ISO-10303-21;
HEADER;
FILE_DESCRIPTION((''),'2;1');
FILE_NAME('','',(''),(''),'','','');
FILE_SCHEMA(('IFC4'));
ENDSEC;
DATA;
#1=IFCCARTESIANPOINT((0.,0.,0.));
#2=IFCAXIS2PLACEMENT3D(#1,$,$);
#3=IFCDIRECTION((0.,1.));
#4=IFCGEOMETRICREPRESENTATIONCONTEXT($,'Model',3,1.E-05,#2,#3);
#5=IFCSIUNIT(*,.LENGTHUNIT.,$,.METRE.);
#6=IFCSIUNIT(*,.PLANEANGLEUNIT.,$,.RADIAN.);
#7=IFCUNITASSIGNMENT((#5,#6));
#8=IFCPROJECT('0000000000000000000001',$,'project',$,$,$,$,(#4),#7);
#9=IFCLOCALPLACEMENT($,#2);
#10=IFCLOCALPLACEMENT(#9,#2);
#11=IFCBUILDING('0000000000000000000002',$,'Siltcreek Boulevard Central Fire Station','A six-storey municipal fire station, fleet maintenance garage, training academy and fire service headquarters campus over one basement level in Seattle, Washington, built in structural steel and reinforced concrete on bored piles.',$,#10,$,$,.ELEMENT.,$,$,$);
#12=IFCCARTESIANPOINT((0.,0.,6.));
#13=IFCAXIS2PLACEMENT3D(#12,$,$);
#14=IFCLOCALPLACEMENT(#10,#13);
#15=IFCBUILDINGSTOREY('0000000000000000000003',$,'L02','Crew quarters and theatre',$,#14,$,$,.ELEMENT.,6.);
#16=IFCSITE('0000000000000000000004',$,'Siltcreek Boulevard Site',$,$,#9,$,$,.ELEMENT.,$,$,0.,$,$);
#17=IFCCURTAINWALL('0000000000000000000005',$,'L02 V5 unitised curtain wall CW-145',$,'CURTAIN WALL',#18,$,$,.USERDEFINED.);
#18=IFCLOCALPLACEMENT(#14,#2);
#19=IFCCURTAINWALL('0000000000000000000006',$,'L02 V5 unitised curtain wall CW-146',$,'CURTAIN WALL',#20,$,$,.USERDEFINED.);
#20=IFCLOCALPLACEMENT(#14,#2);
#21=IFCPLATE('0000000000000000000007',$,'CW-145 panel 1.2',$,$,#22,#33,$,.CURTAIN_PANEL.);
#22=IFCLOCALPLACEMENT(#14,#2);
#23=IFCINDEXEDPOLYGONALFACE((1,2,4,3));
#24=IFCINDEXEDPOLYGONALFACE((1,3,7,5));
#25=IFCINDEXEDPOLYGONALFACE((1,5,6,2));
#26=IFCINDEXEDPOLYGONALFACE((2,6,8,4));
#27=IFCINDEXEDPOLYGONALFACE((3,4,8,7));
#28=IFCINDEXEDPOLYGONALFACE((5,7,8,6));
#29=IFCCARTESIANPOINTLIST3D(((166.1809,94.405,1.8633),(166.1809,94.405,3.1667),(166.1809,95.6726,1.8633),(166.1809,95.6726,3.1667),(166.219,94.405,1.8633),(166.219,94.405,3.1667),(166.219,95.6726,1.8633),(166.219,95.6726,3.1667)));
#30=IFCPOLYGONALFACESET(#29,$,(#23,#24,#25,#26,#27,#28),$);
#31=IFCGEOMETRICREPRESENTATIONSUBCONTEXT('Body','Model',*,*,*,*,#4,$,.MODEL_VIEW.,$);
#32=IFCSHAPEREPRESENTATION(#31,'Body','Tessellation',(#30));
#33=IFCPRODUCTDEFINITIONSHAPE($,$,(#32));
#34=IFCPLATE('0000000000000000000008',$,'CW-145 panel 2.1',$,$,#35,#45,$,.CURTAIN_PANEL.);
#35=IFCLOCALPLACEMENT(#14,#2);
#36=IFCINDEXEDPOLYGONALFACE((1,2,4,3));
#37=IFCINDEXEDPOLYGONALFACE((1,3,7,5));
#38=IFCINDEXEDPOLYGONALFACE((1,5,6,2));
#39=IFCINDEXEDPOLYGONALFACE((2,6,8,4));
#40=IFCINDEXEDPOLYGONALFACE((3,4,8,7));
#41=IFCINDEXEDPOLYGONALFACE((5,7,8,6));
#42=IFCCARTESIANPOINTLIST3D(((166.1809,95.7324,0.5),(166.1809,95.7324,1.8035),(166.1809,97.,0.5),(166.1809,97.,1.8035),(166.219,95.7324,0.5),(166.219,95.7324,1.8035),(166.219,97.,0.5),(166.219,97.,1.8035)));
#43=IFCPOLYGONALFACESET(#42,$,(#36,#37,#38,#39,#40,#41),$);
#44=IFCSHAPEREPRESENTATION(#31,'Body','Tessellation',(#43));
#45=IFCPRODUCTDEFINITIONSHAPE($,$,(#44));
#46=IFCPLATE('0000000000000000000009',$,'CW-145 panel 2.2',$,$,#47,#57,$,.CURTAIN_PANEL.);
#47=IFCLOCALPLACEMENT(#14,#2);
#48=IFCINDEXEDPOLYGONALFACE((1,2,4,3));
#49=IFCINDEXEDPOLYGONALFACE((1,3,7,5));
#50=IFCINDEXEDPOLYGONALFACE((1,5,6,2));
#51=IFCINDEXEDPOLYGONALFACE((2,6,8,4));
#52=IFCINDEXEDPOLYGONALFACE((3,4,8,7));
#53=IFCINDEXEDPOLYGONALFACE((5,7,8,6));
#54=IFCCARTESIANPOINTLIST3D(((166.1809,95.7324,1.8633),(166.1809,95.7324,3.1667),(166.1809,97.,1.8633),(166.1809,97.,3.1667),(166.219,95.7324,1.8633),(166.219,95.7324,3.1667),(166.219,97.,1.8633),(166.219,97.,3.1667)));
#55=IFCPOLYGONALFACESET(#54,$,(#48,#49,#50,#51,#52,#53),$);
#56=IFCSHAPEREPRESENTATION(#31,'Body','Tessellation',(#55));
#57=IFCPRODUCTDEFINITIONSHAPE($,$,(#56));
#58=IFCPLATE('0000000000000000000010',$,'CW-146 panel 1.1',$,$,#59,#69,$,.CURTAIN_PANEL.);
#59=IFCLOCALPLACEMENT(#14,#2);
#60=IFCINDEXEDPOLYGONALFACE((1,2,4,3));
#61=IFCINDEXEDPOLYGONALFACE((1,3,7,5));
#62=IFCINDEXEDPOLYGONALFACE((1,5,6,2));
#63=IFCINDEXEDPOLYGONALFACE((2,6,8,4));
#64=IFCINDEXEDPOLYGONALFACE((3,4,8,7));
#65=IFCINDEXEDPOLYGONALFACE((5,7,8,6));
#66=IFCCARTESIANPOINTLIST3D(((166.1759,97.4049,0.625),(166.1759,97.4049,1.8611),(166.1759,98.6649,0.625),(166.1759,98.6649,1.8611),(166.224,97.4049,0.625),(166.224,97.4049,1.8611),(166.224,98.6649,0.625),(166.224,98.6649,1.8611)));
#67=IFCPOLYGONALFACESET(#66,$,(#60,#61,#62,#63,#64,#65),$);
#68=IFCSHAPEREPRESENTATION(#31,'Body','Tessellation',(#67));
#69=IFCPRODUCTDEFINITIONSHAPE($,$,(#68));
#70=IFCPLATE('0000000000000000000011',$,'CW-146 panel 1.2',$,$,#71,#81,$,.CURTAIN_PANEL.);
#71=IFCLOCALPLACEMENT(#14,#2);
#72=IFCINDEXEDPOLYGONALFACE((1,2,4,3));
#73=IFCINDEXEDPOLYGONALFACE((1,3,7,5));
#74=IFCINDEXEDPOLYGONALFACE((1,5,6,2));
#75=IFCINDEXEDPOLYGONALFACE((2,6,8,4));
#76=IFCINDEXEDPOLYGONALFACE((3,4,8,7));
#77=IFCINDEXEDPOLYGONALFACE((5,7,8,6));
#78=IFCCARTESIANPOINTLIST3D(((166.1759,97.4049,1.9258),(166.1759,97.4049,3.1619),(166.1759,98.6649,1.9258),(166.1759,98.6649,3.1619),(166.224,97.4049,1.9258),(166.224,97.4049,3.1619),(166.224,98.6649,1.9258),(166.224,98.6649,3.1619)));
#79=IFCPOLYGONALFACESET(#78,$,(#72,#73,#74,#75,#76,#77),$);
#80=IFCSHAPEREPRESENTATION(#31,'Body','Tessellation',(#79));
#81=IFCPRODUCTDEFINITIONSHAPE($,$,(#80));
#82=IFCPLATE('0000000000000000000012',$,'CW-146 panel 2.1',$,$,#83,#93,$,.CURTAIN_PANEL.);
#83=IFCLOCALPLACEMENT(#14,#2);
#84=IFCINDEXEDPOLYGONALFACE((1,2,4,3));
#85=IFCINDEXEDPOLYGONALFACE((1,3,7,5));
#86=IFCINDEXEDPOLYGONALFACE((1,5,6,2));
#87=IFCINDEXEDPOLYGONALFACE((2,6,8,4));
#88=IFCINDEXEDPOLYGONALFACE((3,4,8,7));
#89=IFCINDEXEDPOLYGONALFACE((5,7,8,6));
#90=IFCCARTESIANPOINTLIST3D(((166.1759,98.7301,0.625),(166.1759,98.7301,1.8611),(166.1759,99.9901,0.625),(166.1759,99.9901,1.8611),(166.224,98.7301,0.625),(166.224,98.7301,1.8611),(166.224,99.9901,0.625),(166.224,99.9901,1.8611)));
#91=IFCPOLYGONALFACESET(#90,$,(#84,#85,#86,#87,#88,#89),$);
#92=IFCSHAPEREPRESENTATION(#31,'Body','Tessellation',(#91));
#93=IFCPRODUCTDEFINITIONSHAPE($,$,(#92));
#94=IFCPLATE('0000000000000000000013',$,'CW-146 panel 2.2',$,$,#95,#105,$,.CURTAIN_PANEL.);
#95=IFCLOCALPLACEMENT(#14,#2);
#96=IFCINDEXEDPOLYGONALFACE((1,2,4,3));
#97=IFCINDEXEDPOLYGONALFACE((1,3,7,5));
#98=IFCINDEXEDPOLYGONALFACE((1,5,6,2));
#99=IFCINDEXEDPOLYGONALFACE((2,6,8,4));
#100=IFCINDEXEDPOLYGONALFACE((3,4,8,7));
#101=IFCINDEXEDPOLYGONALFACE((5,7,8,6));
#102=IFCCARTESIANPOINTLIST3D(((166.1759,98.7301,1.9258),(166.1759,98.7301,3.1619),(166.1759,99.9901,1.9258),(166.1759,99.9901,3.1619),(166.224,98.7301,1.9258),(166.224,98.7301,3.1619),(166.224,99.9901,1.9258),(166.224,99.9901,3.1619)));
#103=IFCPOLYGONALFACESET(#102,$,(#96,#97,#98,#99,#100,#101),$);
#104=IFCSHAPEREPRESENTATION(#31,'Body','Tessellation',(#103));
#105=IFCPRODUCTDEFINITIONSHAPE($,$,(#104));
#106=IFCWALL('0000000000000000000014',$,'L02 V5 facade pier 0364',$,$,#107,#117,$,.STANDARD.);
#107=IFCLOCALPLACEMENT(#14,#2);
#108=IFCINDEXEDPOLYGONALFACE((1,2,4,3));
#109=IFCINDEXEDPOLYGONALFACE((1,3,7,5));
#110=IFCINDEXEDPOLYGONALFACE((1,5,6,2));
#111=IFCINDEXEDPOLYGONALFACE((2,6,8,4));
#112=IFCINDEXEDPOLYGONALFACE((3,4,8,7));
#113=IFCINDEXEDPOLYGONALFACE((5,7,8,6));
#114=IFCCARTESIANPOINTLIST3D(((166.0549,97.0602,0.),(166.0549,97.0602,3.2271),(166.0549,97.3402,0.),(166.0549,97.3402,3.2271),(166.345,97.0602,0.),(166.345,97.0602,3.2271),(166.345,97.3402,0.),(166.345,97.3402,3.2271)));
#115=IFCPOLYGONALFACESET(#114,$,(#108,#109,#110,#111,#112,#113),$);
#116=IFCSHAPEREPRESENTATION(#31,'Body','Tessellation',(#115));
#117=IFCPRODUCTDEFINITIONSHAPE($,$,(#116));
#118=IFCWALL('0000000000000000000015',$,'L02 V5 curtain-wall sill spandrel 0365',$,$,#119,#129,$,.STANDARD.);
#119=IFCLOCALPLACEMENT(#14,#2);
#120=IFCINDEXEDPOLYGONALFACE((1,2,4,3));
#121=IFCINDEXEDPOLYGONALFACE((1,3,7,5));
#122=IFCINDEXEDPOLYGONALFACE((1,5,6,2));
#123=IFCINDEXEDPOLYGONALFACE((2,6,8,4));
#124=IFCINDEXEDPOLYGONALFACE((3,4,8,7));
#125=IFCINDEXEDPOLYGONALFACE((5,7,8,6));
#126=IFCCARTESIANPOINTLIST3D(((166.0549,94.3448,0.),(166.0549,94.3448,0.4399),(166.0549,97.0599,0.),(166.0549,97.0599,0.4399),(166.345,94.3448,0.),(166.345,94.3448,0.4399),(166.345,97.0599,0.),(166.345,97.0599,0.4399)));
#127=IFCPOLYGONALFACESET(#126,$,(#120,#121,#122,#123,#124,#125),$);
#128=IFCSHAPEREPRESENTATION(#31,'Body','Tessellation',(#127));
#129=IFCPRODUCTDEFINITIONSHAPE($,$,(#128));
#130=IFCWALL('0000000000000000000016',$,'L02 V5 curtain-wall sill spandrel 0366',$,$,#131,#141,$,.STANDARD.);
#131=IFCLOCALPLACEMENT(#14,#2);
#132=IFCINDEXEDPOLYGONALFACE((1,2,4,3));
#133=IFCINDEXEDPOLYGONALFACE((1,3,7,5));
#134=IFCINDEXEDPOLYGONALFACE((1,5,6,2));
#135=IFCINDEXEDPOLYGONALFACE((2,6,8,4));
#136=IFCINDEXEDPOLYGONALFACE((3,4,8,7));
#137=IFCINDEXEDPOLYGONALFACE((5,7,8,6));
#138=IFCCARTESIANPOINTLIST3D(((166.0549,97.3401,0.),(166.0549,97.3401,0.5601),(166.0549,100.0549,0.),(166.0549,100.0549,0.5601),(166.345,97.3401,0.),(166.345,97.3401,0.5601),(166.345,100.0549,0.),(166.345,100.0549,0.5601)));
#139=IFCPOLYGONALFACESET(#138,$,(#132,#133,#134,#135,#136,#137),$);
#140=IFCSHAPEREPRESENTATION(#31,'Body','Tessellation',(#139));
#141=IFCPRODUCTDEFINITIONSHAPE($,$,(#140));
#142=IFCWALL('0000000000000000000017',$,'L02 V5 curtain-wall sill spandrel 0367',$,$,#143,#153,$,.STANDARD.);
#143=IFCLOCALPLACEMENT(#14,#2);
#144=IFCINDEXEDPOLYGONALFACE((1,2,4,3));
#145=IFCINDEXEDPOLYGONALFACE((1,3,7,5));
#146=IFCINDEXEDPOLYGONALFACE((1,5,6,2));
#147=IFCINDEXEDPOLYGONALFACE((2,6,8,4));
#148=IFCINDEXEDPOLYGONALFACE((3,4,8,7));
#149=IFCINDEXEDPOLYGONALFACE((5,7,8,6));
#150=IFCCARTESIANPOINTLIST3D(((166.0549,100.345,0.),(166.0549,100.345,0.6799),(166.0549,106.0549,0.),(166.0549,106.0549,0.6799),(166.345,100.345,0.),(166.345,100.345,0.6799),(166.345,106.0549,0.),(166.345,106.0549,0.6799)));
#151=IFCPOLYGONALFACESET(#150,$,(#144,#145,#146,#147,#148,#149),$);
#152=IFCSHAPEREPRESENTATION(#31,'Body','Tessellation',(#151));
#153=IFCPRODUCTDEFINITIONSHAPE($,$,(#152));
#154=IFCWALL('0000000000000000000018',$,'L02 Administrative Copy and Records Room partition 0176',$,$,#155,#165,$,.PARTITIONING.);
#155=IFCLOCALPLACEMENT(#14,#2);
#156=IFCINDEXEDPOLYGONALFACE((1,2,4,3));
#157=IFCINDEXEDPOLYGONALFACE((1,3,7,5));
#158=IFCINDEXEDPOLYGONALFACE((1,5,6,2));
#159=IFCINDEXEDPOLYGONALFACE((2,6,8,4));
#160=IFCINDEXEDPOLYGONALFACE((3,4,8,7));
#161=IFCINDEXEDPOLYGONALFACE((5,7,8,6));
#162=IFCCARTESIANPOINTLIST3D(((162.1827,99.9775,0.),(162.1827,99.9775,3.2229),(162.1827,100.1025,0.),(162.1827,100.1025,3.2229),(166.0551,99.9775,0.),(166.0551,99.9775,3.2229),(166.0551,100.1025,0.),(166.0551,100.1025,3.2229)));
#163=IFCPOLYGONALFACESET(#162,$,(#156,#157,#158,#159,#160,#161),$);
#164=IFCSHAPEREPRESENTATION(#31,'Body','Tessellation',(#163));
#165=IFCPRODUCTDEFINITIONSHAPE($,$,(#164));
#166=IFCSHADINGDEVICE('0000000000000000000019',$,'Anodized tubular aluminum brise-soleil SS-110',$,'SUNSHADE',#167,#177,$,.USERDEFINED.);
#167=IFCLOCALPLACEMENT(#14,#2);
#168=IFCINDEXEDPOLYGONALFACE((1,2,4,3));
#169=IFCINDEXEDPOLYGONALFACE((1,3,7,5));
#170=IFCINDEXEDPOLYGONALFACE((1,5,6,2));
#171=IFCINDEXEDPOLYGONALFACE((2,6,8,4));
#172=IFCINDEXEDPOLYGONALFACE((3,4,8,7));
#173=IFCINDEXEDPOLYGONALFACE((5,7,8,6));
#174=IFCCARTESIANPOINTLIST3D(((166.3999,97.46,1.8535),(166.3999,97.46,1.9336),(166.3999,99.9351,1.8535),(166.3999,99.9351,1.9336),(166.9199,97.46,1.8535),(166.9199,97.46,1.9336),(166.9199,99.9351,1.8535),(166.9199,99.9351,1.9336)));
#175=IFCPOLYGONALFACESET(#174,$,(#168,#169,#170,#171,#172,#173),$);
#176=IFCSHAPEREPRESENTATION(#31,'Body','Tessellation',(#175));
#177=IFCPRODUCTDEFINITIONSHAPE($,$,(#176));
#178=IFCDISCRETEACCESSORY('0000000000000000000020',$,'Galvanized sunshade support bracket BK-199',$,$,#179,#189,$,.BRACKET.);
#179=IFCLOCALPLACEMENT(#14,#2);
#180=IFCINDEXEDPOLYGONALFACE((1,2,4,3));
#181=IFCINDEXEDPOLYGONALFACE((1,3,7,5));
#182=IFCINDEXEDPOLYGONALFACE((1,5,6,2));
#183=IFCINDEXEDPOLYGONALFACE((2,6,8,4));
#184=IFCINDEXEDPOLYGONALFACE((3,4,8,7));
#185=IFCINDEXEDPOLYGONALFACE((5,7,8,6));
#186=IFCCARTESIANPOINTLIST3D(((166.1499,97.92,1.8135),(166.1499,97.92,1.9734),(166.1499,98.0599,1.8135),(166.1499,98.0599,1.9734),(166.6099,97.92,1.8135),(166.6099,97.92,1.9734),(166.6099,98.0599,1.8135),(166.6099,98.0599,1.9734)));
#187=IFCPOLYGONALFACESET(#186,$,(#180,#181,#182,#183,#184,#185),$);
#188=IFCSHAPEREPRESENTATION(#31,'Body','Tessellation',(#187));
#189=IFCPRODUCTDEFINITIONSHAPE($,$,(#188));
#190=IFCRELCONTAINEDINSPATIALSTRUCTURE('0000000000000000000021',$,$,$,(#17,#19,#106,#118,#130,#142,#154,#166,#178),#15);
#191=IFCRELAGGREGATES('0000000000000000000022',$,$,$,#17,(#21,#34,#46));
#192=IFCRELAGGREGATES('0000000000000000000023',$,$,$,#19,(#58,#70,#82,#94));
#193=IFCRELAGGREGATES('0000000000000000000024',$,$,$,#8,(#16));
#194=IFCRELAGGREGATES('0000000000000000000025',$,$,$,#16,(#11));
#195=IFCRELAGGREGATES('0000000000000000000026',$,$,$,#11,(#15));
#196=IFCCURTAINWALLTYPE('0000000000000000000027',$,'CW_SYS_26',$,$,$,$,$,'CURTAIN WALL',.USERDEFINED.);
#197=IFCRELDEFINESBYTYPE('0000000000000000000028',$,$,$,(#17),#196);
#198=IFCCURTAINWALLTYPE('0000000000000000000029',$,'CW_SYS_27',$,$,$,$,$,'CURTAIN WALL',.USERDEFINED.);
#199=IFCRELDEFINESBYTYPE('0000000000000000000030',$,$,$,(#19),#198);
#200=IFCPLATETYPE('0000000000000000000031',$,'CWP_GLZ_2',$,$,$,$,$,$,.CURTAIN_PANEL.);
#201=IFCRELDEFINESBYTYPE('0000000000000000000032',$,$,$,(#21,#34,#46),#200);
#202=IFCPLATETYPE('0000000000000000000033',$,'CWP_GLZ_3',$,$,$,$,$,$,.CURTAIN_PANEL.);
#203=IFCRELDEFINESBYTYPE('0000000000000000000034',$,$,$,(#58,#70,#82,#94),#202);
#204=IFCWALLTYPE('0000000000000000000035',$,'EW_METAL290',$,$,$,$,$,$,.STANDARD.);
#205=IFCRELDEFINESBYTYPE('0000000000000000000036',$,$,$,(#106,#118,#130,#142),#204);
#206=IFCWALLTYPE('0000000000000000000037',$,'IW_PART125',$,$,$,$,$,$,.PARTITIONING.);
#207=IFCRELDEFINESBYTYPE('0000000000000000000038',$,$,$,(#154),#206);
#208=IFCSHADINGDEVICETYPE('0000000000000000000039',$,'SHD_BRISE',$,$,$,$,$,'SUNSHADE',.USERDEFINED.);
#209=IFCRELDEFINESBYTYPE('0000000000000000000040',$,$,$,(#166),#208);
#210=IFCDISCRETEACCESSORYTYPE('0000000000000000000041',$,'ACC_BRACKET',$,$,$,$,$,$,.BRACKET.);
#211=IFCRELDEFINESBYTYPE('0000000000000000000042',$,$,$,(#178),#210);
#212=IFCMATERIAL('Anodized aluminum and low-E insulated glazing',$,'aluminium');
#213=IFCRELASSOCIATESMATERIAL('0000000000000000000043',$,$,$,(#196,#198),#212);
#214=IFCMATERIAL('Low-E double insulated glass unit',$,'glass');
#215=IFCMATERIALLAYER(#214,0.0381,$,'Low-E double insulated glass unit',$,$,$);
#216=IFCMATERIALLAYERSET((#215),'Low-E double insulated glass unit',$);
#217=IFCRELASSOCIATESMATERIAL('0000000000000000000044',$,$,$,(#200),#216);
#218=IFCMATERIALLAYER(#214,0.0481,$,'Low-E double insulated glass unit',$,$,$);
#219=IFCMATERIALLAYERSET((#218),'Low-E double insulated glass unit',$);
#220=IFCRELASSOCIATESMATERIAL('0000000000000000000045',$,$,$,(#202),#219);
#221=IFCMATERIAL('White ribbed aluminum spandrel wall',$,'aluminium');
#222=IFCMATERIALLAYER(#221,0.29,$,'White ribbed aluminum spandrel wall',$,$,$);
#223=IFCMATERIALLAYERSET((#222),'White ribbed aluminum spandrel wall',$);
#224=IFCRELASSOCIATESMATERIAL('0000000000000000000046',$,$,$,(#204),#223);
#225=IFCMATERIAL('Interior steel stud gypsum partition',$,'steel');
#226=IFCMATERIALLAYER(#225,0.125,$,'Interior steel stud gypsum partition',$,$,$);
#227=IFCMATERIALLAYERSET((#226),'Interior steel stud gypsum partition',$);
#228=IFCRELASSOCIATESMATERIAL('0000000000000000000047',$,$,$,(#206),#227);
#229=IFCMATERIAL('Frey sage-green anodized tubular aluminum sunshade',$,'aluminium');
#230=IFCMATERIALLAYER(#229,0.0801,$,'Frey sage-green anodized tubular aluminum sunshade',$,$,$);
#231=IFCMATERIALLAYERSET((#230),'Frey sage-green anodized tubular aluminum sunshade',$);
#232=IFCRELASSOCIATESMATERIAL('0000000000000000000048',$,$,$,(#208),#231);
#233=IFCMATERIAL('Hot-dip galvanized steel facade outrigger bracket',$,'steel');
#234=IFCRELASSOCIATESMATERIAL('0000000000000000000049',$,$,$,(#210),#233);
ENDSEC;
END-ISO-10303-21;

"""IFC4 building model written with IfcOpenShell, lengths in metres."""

from ifc_helpers import new_model, si_unit, direction, frame, frame_2d, origin, origin_2d, place, context, subcontext, project, spatial, rectangle, extrude, material, layer, layer_set, type_object, element, aggregate, save


model = new_model("IFC4")

# Units and contexts
model_context = context("Model", 3, precision=1e-05, world=origin(), true_north=direction((0.0, 1.0)))
body_context = subcontext(model_context, "Body", "Model", "MODEL_VIEW")
ifc_project = project(units=[si_unit("LENGTHUNIT", "METRE"), si_unit("PLANEANGLEUNIT", "RADIAN")], contexts=[model_context])

# Site, building, storey
site_placement = place(None, origin())
site = spatial("IfcSite", under=ifc_project, at=site_placement, Name="Siltcreek Boulevard Site", CompositionType="ELEMENT", RefElevation=0.0)
building_placement = place(site_placement, origin())
building = spatial("IfcBuilding", under=site, at=building_placement, Name="Siltcreek Boulevard Central Fire Station", Description="A six-storey municipal fire station, fleet maintenance garage, training academy and fire service headquarters campus over one basement level in Seattle, Washington, built in structural steel and reinforced concrete on bored piles.", CompositionType="ELEMENT")
storey_placement = place(building_placement, frame((0.0, 0.0, 6.0)))
storey = spatial("IfcBuildingStorey", under=building, at=storey_placement, Name="L02", Description="Crew quarters and theatre", CompositionType="ELEMENT", Elevation=6.0)

# Curtain wall
ifc_material_1 = material(Name="Anodized aluminum and low-E insulated glazing", Category="aluminium")
curtain_wall_type_1 = type_object("IfcCurtainWallType", Name="CW_SYS_26", ElementType="CURTAIN WALL", PredefinedType="USERDEFINED", material=ifc_material_1)
curtain_wall_1_placement = place(storey_placement, origin())
curtain_wall_1 = element("IfcCurtainWall", 1, at=curtain_wall_1_placement, inside=storey, type_object=curtain_wall_type_1, Name="L02 V5 unitised curtain wall CW-145", ObjectType="CURTAIN WALL", PredefinedType="USERDEFINED")

# Curtain wall
curtain_wall_type_2 = type_object("IfcCurtainWallType", Name="CW_SYS_27", ElementType="CURTAIN WALL", PredefinedType="USERDEFINED", material=ifc_material_1)
curtain_wall_2_placement = place(storey_placement, origin())
curtain_wall_2 = element("IfcCurtainWall", 2, at=curtain_wall_2_placement, inside=storey, type_object=curtain_wall_type_2, Name="L02 V5 unitised curtain wall CW-146", ObjectType="CURTAIN WALL", PredefinedType="USERDEFINED")

# Plates
ifc_material_2 = material(Name="Low-E double insulated glass unit", Category="glass")
ifc_layer_1 = layer(ifc_material_2, 0.0381, Name="Low-E double insulated glass unit")
ifc_layer_set_1 = layer_set([ifc_layer_1], Name="Low-E double insulated glass unit")
plate_type_1 = type_object("IfcPlateType", Name="CWP_GLZ_2", PredefinedType="CURTAIN_PANEL", material=ifc_layer_set_1)
plate_1_placement = place(storey_placement, frame((166.2, 95.0388, 1.8633), z_axis=(0.0, 0.0, 1.0), x_axis=(0.0, 1.0, 0.0)))
plate_1 = element("IfcPlate", 3, at=plate_1_placement, type_object=plate_type_1, Name="CW-145 panel 1.2", PredefinedType="CURTAIN_PANEL", context=body_context, shape_type="SweptSolid", body=[
    extrude(rectangle(XDim=1.2676, YDim=0.0381, at=origin_2d()), origin(), (0.0, 0.0, 1.0), 1.3035),
])
plate_2_placement = place(storey_placement, frame((166.2, 96.3662, 0.5), z_axis=(0.0, 0.0, 1.0), x_axis=(0.0, 1.0, 0.0)))
plate_2 = element("IfcPlate", 4, at=plate_2_placement, type_object=plate_type_1, Name="CW-145 panel 2.1", PredefinedType="CURTAIN_PANEL", context=body_context, shape_type="SweptSolid", body=[
    extrude(rectangle(XDim=1.2676, YDim=0.0381, at=origin_2d()), origin(), (0.0, 0.0, 1.0), 1.3035),
])
plate_3_placement = place(storey_placement, frame((166.2, 96.3662, 1.8633), z_axis=(0.0, 0.0, 1.0), x_axis=(0.0, 1.0, 0.0)))
plate_3 = element("IfcPlate", 5, at=plate_3_placement, type_object=plate_type_1, Name="CW-145 panel 2.2", PredefinedType="CURTAIN_PANEL", context=body_context, shape_type="SweptSolid", body=[
    extrude(rectangle(XDim=1.2676, YDim=0.0381, at=origin_2d()), origin(), (0.0, 0.0, 1.0), 1.3035),
])
aggregate(curtain_wall_1, [plate_1, plate_2, plate_3])
ifc_layer_2 = layer(ifc_material_2, 0.0481, Name="Low-E double insulated glass unit")
ifc_layer_set_2 = layer_set([ifc_layer_2], Name="Low-E double insulated glass unit")
plate_type_2 = type_object("IfcPlateType", Name="CWP_GLZ_3", PredefinedType="CURTAIN_PANEL", material=ifc_layer_set_2)
plate_4_placement = place(storey_placement, frame((166.2, 98.0349, 0.625), z_axis=(0.0, 0.0, 1.0), x_axis=(0.0, 1.0, 0.0)))
plate_4 = element("IfcPlate", 6, at=plate_4_placement, type_object=plate_type_2, Name="CW-146 panel 1.1", PredefinedType="CURTAIN_PANEL", context=body_context, shape_type="SweptSolid", body=[
    extrude(rectangle(XDim=1.26, YDim=0.0481, at=origin_2d()), origin(), (0.0, 0.0, 1.0), 1.2361),
])
plate_5_placement = place(storey_placement, frame((166.2, 98.0349, 1.9258), z_axis=(0.0, 0.0, 1.0), x_axis=(0.0, 1.0, 0.0)))
plate_5 = element("IfcPlate", 7, at=plate_5_placement, type_object=plate_type_2, Name="CW-146 panel 1.2", PredefinedType="CURTAIN_PANEL", context=body_context, shape_type="SweptSolid", body=[
    extrude(rectangle(XDim=1.26, YDim=0.0481, at=origin_2d()), origin(), (0.0, 0.0, 1.0), 1.2361),
])
plate_6_placement = place(storey_placement, frame((166.2, 99.3601, 0.625), z_axis=(0.0, 0.0, 1.0), x_axis=(0.0, 1.0, 0.0)))
plate_6 = element("IfcPlate", 8, at=plate_6_placement, type_object=plate_type_2, Name="CW-146 panel 2.1", PredefinedType="CURTAIN_PANEL", context=body_context, shape_type="SweptSolid", body=[
    extrude(rectangle(XDim=1.26, YDim=0.0481, at=origin_2d()), origin(), (0.0, 0.0, 1.0), 1.2361),
])
plate_7_placement = place(storey_placement, frame((166.2, 99.3601, 1.9258), z_axis=(0.0, 0.0, 1.0), x_axis=(0.0, 1.0, 0.0)))
plate_7 = element("IfcPlate", 9, at=plate_7_placement, type_object=plate_type_2, Name="CW-146 panel 2.2", PredefinedType="CURTAIN_PANEL", context=body_context, shape_type="SweptSolid", body=[
    extrude(rectangle(XDim=1.26, YDim=0.0481, at=origin_2d()), origin(), (0.0, 0.0, 1.0), 1.2361),
])
aggregate(curtain_wall_2, [plate_4, plate_5, plate_6, plate_7])

# Walls
ifc_material_3 = material(Name="White ribbed aluminum spandrel wall", Category="aluminium")
ifc_layer_3 = layer(ifc_material_3, 0.29, Name="White ribbed aluminum spandrel wall")
ifc_layer_set_3 = layer_set([ifc_layer_3], Name="White ribbed aluminum spandrel wall")
wall_type_1 = type_object("IfcWallType", Name="EW_METAL290", PredefinedType="STANDARD", material=ifc_layer_set_3)
wall_1_placement = place(storey_placement, frame((166.2, 97.0601, 0.0), z_axis=(0.0, 0.0, 1.0), x_axis=(0.0, 1.0, 0.0)))
element("IfcWall", 10, at=wall_1_placement, inside=storey, type_object=wall_type_1, Name="L02 V5 facade pier 0364", PredefinedType="STANDARD", context=body_context, shape_type="SweptSolid", body=[
    extrude(rectangle(XDim=0.28, YDim=0.29, at=frame_2d((0.1401, 0.0))), origin(), (0.0, 0.0, 1.0), 3.2271),
])
wall_2_placement = place(storey_placement, frame((166.2, 94.345, 0.0), z_axis=(0.0, 0.0, 1.0), x_axis=(0.0, 1.0, 0.0)))
element("IfcWall", 11, at=wall_2_placement, inside=storey, type_object=wall_type_1, Name="L02 V5 curtain-wall sill spandrel 0365", PredefinedType="STANDARD", context=body_context, shape_type="SweptSolid", body=[
    extrude(rectangle(XDim=2.7151, YDim=0.29, at=frame_2d((1.3574, 0.0))), origin(), (0.0, 0.0, 1.0), 0.4399),
])
wall_3_placement = place(storey_placement, frame((166.2, 97.3401, 0.0), z_axis=(0.0, 0.0, 1.0), x_axis=(0.0, 1.0, 0.0)))
element("IfcWall", 12, at=wall_3_placement, inside=storey, type_object=wall_type_1, Name="L02 V5 curtain-wall sill spandrel 0366", PredefinedType="STANDARD", context=body_context, shape_type="SweptSolid", body=[
    extrude(rectangle(XDim=2.7148, YDim=0.29, at=frame_2d((1.3574, 0.0))), origin(), (0.0, 0.0, 1.0), 0.5601),
])
wall_4_placement = place(storey_placement, frame((166.2, 100.345, 0.0), z_axis=(0.0, 0.0, 1.0), x_axis=(0.0, 1.0, 0.0)))
element("IfcWall", 13, at=wall_4_placement, inside=storey, type_object=wall_type_1, Name="L02 V5 curtain-wall sill spandrel 0367", PredefinedType="STANDARD", context=body_context, shape_type="SweptSolid", body=[
    extrude(rectangle(XDim=5.71, YDim=0.29, at=frame_2d((2.855, 0.0))), origin(), (0.0, 0.0, 1.0), 0.6799),
])
ifc_material_4 = material(Name="Interior steel stud gypsum partition", Category="steel")
ifc_layer_4 = layer(ifc_material_4, 0.125, Name="Interior steel stud gypsum partition")
ifc_layer_set_4 = layer_set([ifc_layer_4], Name="Interior steel stud gypsum partition")
wall_type_2 = type_object("IfcWallType", Name="IW_PART125", PredefinedType="PARTITIONING", material=ifc_layer_set_4)
wall_5_placement = place(storey_placement, frame((166.0549, 100.04, 0.0), z_axis=(0.0, 0.0, 1.0), x_axis=(-1.0, 0.0, 0.0)))
element("IfcWall", 14, at=wall_5_placement, inside=storey, type_object=wall_type_2, Name="L02 Administrative Copy and Records Room partition 0176", PredefinedType="PARTITIONING", context=body_context, shape_type="SweptSolid", body=[
    extrude(rectangle(XDim=3.8723, YDim=0.125, at=frame_2d((1.936, 0.0))), origin(), (0.0, 0.0, 1.0), 3.2229),
])

# Shading device
ifc_material_5 = material(Name="Frey sage-green anodized tubular aluminum sunshade", Category="aluminium")
ifc_layer_5 = layer(ifc_material_5, 0.0801, Name="Frey sage-green anodized tubular aluminum sunshade")
ifc_layer_set_5 = layer_set([ifc_layer_5], Name="Frey sage-green anodized tubular aluminum sunshade")
shading_device_type = type_object("IfcShadingDeviceType", Name="SHD_BRISE", ElementType="SUNSHADE", PredefinedType="USERDEFINED", material=ifc_layer_set_5)
shading_device_placement = place(storey_placement, frame((166.6599, 98.6975, 1.8535), z_axis=(0.0, 0.0, 1.0), x_axis=(0.0, 1.0, 0.0)))
element("IfcShadingDevice", 15, at=shading_device_placement, inside=storey, type_object=shading_device_type, Name="Anodized tubular aluminum brise-soleil SS-110", ObjectType="SUNSHADE", PredefinedType="USERDEFINED", context=body_context, shape_type="SweptSolid", body=[
    extrude(rectangle(XDim=2.4751, YDim=0.52, at=origin_2d()), origin(), (0.0, 0.0, 1.0), 0.0801),
])

# Discrete accessory
ifc_material_6 = material(Name="Hot-dip galvanized steel facade outrigger bracket", Category="steel")
discrete_accessory_type = type_object("IfcDiscreteAccessoryType", Name="ACC_BRACKET", PredefinedType="BRACKET", material=ifc_material_6)
for number, where, z_axis, x_axis, name in (
    (16, (166.3799, 97.99, 1.8135), (0.0, 0.0, 1.0), (0.0, 1.0, 0.0), "Galvanized sunshade support bracket BK-199"),
):
    element("IfcDiscreteAccessory", number, at=place(storey_placement, frame(where, z_axis=z_axis, x_axis=x_axis)), inside=storey, type_object=discrete_accessory_type, Name=name, PredefinedType="BRACKET", context=body_context, shape_type="SweptSolid", body=[
        extrude(rectangle(XDim=0.1399, YDim=0.46, at=origin_2d()), origin(), (0.0, 0.0, 1.0), 0.1599),
    ])

save(model, "model.ifc")
